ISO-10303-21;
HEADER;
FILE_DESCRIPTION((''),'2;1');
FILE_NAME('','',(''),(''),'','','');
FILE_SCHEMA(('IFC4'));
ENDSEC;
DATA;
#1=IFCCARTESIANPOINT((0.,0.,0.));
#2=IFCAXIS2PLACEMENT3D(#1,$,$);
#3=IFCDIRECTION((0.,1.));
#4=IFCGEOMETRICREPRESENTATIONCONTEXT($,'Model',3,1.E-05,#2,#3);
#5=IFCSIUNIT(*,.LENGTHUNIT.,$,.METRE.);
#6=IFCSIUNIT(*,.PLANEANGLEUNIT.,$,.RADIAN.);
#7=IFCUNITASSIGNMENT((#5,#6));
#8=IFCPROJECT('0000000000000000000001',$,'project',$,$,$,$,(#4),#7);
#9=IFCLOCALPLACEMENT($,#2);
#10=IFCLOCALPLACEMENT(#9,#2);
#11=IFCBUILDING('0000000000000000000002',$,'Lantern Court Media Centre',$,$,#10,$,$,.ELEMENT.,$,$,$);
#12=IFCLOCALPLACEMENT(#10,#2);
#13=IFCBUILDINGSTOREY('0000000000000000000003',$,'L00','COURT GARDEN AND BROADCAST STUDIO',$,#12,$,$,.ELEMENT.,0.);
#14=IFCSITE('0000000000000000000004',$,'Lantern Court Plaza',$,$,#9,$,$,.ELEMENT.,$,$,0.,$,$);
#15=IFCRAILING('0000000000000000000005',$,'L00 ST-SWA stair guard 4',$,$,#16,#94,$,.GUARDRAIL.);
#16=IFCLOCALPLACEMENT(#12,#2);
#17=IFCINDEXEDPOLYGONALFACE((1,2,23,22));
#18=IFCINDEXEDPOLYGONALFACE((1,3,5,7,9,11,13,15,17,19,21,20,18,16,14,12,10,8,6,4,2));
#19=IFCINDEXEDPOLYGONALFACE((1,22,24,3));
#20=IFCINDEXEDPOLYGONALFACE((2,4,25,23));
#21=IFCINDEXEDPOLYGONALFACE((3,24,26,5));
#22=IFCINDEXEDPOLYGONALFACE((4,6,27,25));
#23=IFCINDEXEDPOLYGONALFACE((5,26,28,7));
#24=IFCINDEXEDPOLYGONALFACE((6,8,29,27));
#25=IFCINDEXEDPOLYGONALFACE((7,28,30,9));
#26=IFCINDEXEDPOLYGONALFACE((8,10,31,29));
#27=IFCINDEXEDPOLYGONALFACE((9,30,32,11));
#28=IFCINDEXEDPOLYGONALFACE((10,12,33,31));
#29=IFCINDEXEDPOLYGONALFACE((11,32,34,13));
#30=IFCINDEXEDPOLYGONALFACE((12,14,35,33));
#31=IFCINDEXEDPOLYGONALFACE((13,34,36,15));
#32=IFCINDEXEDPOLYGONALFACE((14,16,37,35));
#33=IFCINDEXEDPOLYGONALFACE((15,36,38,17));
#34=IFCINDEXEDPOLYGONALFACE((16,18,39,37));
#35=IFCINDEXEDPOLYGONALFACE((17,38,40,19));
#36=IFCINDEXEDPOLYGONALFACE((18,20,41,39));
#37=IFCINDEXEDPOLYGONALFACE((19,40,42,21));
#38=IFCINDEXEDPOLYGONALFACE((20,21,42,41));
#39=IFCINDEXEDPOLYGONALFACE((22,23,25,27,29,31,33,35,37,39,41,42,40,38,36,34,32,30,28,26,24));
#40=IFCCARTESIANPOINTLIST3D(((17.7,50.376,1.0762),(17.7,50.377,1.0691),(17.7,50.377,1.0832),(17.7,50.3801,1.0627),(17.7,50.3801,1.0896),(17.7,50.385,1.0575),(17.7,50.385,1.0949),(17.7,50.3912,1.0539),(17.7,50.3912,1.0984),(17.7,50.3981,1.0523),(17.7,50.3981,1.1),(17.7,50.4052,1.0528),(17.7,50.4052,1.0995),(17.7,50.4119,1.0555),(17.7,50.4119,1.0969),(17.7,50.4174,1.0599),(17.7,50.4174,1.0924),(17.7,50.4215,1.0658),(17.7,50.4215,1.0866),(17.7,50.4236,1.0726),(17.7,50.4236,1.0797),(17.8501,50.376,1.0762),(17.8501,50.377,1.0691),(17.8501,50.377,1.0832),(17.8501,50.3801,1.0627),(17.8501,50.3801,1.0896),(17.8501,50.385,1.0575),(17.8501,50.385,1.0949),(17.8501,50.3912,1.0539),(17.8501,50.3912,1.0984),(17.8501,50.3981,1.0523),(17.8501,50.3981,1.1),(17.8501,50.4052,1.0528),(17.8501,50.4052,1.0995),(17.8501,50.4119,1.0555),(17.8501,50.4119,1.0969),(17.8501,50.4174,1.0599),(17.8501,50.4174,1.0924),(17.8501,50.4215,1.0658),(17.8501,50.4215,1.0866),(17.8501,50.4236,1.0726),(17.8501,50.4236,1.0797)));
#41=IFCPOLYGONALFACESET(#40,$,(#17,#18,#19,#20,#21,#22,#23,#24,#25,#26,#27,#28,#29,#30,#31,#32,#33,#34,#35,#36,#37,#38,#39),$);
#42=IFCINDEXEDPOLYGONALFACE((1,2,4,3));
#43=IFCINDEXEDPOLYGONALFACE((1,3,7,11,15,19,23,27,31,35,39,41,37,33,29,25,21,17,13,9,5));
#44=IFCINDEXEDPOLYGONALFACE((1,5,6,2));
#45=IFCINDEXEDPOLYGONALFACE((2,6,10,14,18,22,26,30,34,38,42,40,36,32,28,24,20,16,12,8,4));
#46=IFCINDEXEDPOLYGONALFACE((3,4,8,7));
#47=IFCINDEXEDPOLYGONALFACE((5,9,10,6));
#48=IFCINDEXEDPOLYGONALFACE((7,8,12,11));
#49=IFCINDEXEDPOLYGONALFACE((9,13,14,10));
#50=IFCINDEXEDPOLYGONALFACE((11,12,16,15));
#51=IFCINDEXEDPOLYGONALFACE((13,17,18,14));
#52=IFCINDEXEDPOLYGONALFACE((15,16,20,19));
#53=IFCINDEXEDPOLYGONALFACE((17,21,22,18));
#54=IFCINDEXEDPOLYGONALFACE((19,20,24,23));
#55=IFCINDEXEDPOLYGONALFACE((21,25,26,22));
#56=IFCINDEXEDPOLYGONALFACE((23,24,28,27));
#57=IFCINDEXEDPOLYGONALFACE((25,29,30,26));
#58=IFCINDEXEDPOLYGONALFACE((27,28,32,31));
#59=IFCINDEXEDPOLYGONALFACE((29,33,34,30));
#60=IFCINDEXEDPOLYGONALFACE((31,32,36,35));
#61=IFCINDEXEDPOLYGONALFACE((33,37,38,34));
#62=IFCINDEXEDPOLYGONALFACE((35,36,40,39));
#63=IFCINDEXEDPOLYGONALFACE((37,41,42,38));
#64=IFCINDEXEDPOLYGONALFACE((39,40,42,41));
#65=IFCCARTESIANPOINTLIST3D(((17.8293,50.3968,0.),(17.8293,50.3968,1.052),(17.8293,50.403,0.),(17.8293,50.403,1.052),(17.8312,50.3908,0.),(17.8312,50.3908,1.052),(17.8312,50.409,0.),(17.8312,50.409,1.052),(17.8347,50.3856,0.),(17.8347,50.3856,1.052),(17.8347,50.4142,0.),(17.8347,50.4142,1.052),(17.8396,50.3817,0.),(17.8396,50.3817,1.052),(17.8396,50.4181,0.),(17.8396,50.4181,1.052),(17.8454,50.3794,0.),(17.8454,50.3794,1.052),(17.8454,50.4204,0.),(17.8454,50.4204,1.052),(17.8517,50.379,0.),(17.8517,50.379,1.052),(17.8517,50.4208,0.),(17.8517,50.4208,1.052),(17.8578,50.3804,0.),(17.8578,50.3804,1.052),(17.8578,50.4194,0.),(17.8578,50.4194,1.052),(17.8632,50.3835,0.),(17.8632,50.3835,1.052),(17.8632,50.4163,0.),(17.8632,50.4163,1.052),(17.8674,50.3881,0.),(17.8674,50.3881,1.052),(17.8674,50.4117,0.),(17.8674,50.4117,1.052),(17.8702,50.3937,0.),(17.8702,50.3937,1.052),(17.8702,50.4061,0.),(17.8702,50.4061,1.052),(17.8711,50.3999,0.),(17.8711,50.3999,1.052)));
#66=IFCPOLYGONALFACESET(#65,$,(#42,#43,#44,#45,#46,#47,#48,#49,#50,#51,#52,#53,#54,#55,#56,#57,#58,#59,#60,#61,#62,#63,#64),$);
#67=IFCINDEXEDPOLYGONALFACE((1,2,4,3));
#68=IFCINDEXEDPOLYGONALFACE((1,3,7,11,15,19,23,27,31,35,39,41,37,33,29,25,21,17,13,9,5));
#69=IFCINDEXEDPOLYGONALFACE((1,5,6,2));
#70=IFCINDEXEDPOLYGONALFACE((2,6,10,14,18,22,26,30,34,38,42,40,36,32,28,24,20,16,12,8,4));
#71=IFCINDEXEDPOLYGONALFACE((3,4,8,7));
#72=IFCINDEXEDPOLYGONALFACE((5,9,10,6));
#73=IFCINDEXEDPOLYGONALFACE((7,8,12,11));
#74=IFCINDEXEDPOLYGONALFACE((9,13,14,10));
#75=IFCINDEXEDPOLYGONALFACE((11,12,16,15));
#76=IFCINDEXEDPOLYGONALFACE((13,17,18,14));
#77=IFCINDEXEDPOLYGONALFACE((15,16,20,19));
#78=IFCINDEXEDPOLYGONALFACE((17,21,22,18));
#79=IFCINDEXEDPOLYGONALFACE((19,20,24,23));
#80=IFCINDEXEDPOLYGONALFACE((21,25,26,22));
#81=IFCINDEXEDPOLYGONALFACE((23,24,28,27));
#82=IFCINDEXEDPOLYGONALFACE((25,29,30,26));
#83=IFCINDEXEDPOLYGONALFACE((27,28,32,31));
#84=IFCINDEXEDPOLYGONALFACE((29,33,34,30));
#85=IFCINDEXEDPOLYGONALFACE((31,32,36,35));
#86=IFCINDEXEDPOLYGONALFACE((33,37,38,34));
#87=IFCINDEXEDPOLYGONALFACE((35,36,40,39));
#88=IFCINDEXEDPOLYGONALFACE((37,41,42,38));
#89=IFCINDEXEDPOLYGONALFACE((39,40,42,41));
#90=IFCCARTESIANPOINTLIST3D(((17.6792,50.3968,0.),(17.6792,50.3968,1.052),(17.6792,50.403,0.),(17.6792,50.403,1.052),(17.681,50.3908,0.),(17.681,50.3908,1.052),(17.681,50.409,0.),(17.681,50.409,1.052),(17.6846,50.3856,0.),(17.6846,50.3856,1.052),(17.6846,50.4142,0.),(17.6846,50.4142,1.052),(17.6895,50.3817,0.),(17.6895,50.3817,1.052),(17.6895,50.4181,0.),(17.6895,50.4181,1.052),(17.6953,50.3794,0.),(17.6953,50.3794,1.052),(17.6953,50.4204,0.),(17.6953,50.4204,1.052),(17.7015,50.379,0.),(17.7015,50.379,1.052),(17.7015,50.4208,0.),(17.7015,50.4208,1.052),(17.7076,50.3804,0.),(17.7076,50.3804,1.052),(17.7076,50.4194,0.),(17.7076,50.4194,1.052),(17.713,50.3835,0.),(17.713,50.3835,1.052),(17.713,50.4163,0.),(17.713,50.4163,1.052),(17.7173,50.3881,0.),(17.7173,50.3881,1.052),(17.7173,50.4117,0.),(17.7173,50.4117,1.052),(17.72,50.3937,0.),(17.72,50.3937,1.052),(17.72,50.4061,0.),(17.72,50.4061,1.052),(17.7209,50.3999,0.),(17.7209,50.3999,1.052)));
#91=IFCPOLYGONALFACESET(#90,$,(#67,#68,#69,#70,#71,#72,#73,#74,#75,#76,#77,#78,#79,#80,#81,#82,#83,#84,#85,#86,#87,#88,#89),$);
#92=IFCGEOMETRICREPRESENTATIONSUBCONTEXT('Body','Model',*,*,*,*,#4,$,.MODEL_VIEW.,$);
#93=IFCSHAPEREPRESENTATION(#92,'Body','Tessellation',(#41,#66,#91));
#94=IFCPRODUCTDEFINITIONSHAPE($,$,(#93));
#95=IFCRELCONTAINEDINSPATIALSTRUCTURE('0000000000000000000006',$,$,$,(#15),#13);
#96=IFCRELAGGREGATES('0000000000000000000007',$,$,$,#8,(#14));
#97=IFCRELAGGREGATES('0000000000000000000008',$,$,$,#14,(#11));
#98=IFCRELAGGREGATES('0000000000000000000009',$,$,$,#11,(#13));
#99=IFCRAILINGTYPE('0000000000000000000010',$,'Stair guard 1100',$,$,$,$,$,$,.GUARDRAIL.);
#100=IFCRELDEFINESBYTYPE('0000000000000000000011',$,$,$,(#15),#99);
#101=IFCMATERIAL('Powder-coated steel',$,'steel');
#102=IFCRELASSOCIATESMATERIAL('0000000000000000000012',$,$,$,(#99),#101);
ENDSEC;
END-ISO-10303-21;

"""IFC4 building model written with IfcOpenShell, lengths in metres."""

from ifc_helpers import new_model, si_unit, direction, frame, origin, origin_2d, place, context, subcontext, project, spatial, circle, extrude, material, type_object, element, save


model = new_model("IFC4")

# Units and contexts
model_context = context("Model", 3, precision=1e-05, world=origin(), true_north=direction((0.0, 1.0)))
body_context = subcontext(model_context, "Body", "Model", "MODEL_VIEW")
ifc_project = project(units=[si_unit("LENGTHUNIT", "METRE"), si_unit("PLANEANGLEUNIT", "RADIAN")], contexts=[model_context])

# Site, building, storey
site_placement = place(None, origin())
site = spatial("IfcSite", under=ifc_project, at=site_placement, Name="Lantern Court Plaza", CompositionType="ELEMENT", RefElevation=0.0)
building_placement = place(site_placement, origin())
building = spatial("IfcBuilding", under=site, at=building_placement, Name="Lantern Court Media Centre", CompositionType="ELEMENT")
storey_placement = place(building_placement, origin())
storey = spatial("IfcBuildingStorey", under=building, at=storey_placement, Name="L00", Description="COURT GARDEN AND BROADCAST STUDIO", CompositionType="ELEMENT", Elevation=0.0)

# Railing
ifc_material_1 = material(Name="Powder-coated steel", Category="steel")
railing_type_1 = type_object("IfcRailingType", Name="Stair guard 1100", PredefinedType="GUARDRAIL", material=ifc_material_1)
railing_1_placement = place(storey_placement, frame((17.8501, 50.3999, 0.0)))
element("IfcRailing", 1, at=railing_1_placement, inside=storey, type_object=railing_type_1, Name="L00 ST-SWA stair guard 4", PredefinedType="GUARDRAIL", context=body_context, shape_type="SweptSolid", body=[
    extrude(circle(Radius=0.0239, at=origin_2d()), frame((0.0, 0.0, 1.0762), z_axis=(-1.0, 0.0, 0.0), x_axis=(0.0, -1.0, 0.0)), (0.0, 0.0, 1.0), 0.1501),
    extrude(circle(Radius=0.021, at=origin_2d()), origin(), (0.0, 0.0, 1.0), 1.052),
    extrude(circle(Radius=0.021, at=origin_2d()), frame((-0.1501, 0.0, 0.0)), (0.0, 0.0, 1.0), 1.052),
])

save(model, "model.ifc")
